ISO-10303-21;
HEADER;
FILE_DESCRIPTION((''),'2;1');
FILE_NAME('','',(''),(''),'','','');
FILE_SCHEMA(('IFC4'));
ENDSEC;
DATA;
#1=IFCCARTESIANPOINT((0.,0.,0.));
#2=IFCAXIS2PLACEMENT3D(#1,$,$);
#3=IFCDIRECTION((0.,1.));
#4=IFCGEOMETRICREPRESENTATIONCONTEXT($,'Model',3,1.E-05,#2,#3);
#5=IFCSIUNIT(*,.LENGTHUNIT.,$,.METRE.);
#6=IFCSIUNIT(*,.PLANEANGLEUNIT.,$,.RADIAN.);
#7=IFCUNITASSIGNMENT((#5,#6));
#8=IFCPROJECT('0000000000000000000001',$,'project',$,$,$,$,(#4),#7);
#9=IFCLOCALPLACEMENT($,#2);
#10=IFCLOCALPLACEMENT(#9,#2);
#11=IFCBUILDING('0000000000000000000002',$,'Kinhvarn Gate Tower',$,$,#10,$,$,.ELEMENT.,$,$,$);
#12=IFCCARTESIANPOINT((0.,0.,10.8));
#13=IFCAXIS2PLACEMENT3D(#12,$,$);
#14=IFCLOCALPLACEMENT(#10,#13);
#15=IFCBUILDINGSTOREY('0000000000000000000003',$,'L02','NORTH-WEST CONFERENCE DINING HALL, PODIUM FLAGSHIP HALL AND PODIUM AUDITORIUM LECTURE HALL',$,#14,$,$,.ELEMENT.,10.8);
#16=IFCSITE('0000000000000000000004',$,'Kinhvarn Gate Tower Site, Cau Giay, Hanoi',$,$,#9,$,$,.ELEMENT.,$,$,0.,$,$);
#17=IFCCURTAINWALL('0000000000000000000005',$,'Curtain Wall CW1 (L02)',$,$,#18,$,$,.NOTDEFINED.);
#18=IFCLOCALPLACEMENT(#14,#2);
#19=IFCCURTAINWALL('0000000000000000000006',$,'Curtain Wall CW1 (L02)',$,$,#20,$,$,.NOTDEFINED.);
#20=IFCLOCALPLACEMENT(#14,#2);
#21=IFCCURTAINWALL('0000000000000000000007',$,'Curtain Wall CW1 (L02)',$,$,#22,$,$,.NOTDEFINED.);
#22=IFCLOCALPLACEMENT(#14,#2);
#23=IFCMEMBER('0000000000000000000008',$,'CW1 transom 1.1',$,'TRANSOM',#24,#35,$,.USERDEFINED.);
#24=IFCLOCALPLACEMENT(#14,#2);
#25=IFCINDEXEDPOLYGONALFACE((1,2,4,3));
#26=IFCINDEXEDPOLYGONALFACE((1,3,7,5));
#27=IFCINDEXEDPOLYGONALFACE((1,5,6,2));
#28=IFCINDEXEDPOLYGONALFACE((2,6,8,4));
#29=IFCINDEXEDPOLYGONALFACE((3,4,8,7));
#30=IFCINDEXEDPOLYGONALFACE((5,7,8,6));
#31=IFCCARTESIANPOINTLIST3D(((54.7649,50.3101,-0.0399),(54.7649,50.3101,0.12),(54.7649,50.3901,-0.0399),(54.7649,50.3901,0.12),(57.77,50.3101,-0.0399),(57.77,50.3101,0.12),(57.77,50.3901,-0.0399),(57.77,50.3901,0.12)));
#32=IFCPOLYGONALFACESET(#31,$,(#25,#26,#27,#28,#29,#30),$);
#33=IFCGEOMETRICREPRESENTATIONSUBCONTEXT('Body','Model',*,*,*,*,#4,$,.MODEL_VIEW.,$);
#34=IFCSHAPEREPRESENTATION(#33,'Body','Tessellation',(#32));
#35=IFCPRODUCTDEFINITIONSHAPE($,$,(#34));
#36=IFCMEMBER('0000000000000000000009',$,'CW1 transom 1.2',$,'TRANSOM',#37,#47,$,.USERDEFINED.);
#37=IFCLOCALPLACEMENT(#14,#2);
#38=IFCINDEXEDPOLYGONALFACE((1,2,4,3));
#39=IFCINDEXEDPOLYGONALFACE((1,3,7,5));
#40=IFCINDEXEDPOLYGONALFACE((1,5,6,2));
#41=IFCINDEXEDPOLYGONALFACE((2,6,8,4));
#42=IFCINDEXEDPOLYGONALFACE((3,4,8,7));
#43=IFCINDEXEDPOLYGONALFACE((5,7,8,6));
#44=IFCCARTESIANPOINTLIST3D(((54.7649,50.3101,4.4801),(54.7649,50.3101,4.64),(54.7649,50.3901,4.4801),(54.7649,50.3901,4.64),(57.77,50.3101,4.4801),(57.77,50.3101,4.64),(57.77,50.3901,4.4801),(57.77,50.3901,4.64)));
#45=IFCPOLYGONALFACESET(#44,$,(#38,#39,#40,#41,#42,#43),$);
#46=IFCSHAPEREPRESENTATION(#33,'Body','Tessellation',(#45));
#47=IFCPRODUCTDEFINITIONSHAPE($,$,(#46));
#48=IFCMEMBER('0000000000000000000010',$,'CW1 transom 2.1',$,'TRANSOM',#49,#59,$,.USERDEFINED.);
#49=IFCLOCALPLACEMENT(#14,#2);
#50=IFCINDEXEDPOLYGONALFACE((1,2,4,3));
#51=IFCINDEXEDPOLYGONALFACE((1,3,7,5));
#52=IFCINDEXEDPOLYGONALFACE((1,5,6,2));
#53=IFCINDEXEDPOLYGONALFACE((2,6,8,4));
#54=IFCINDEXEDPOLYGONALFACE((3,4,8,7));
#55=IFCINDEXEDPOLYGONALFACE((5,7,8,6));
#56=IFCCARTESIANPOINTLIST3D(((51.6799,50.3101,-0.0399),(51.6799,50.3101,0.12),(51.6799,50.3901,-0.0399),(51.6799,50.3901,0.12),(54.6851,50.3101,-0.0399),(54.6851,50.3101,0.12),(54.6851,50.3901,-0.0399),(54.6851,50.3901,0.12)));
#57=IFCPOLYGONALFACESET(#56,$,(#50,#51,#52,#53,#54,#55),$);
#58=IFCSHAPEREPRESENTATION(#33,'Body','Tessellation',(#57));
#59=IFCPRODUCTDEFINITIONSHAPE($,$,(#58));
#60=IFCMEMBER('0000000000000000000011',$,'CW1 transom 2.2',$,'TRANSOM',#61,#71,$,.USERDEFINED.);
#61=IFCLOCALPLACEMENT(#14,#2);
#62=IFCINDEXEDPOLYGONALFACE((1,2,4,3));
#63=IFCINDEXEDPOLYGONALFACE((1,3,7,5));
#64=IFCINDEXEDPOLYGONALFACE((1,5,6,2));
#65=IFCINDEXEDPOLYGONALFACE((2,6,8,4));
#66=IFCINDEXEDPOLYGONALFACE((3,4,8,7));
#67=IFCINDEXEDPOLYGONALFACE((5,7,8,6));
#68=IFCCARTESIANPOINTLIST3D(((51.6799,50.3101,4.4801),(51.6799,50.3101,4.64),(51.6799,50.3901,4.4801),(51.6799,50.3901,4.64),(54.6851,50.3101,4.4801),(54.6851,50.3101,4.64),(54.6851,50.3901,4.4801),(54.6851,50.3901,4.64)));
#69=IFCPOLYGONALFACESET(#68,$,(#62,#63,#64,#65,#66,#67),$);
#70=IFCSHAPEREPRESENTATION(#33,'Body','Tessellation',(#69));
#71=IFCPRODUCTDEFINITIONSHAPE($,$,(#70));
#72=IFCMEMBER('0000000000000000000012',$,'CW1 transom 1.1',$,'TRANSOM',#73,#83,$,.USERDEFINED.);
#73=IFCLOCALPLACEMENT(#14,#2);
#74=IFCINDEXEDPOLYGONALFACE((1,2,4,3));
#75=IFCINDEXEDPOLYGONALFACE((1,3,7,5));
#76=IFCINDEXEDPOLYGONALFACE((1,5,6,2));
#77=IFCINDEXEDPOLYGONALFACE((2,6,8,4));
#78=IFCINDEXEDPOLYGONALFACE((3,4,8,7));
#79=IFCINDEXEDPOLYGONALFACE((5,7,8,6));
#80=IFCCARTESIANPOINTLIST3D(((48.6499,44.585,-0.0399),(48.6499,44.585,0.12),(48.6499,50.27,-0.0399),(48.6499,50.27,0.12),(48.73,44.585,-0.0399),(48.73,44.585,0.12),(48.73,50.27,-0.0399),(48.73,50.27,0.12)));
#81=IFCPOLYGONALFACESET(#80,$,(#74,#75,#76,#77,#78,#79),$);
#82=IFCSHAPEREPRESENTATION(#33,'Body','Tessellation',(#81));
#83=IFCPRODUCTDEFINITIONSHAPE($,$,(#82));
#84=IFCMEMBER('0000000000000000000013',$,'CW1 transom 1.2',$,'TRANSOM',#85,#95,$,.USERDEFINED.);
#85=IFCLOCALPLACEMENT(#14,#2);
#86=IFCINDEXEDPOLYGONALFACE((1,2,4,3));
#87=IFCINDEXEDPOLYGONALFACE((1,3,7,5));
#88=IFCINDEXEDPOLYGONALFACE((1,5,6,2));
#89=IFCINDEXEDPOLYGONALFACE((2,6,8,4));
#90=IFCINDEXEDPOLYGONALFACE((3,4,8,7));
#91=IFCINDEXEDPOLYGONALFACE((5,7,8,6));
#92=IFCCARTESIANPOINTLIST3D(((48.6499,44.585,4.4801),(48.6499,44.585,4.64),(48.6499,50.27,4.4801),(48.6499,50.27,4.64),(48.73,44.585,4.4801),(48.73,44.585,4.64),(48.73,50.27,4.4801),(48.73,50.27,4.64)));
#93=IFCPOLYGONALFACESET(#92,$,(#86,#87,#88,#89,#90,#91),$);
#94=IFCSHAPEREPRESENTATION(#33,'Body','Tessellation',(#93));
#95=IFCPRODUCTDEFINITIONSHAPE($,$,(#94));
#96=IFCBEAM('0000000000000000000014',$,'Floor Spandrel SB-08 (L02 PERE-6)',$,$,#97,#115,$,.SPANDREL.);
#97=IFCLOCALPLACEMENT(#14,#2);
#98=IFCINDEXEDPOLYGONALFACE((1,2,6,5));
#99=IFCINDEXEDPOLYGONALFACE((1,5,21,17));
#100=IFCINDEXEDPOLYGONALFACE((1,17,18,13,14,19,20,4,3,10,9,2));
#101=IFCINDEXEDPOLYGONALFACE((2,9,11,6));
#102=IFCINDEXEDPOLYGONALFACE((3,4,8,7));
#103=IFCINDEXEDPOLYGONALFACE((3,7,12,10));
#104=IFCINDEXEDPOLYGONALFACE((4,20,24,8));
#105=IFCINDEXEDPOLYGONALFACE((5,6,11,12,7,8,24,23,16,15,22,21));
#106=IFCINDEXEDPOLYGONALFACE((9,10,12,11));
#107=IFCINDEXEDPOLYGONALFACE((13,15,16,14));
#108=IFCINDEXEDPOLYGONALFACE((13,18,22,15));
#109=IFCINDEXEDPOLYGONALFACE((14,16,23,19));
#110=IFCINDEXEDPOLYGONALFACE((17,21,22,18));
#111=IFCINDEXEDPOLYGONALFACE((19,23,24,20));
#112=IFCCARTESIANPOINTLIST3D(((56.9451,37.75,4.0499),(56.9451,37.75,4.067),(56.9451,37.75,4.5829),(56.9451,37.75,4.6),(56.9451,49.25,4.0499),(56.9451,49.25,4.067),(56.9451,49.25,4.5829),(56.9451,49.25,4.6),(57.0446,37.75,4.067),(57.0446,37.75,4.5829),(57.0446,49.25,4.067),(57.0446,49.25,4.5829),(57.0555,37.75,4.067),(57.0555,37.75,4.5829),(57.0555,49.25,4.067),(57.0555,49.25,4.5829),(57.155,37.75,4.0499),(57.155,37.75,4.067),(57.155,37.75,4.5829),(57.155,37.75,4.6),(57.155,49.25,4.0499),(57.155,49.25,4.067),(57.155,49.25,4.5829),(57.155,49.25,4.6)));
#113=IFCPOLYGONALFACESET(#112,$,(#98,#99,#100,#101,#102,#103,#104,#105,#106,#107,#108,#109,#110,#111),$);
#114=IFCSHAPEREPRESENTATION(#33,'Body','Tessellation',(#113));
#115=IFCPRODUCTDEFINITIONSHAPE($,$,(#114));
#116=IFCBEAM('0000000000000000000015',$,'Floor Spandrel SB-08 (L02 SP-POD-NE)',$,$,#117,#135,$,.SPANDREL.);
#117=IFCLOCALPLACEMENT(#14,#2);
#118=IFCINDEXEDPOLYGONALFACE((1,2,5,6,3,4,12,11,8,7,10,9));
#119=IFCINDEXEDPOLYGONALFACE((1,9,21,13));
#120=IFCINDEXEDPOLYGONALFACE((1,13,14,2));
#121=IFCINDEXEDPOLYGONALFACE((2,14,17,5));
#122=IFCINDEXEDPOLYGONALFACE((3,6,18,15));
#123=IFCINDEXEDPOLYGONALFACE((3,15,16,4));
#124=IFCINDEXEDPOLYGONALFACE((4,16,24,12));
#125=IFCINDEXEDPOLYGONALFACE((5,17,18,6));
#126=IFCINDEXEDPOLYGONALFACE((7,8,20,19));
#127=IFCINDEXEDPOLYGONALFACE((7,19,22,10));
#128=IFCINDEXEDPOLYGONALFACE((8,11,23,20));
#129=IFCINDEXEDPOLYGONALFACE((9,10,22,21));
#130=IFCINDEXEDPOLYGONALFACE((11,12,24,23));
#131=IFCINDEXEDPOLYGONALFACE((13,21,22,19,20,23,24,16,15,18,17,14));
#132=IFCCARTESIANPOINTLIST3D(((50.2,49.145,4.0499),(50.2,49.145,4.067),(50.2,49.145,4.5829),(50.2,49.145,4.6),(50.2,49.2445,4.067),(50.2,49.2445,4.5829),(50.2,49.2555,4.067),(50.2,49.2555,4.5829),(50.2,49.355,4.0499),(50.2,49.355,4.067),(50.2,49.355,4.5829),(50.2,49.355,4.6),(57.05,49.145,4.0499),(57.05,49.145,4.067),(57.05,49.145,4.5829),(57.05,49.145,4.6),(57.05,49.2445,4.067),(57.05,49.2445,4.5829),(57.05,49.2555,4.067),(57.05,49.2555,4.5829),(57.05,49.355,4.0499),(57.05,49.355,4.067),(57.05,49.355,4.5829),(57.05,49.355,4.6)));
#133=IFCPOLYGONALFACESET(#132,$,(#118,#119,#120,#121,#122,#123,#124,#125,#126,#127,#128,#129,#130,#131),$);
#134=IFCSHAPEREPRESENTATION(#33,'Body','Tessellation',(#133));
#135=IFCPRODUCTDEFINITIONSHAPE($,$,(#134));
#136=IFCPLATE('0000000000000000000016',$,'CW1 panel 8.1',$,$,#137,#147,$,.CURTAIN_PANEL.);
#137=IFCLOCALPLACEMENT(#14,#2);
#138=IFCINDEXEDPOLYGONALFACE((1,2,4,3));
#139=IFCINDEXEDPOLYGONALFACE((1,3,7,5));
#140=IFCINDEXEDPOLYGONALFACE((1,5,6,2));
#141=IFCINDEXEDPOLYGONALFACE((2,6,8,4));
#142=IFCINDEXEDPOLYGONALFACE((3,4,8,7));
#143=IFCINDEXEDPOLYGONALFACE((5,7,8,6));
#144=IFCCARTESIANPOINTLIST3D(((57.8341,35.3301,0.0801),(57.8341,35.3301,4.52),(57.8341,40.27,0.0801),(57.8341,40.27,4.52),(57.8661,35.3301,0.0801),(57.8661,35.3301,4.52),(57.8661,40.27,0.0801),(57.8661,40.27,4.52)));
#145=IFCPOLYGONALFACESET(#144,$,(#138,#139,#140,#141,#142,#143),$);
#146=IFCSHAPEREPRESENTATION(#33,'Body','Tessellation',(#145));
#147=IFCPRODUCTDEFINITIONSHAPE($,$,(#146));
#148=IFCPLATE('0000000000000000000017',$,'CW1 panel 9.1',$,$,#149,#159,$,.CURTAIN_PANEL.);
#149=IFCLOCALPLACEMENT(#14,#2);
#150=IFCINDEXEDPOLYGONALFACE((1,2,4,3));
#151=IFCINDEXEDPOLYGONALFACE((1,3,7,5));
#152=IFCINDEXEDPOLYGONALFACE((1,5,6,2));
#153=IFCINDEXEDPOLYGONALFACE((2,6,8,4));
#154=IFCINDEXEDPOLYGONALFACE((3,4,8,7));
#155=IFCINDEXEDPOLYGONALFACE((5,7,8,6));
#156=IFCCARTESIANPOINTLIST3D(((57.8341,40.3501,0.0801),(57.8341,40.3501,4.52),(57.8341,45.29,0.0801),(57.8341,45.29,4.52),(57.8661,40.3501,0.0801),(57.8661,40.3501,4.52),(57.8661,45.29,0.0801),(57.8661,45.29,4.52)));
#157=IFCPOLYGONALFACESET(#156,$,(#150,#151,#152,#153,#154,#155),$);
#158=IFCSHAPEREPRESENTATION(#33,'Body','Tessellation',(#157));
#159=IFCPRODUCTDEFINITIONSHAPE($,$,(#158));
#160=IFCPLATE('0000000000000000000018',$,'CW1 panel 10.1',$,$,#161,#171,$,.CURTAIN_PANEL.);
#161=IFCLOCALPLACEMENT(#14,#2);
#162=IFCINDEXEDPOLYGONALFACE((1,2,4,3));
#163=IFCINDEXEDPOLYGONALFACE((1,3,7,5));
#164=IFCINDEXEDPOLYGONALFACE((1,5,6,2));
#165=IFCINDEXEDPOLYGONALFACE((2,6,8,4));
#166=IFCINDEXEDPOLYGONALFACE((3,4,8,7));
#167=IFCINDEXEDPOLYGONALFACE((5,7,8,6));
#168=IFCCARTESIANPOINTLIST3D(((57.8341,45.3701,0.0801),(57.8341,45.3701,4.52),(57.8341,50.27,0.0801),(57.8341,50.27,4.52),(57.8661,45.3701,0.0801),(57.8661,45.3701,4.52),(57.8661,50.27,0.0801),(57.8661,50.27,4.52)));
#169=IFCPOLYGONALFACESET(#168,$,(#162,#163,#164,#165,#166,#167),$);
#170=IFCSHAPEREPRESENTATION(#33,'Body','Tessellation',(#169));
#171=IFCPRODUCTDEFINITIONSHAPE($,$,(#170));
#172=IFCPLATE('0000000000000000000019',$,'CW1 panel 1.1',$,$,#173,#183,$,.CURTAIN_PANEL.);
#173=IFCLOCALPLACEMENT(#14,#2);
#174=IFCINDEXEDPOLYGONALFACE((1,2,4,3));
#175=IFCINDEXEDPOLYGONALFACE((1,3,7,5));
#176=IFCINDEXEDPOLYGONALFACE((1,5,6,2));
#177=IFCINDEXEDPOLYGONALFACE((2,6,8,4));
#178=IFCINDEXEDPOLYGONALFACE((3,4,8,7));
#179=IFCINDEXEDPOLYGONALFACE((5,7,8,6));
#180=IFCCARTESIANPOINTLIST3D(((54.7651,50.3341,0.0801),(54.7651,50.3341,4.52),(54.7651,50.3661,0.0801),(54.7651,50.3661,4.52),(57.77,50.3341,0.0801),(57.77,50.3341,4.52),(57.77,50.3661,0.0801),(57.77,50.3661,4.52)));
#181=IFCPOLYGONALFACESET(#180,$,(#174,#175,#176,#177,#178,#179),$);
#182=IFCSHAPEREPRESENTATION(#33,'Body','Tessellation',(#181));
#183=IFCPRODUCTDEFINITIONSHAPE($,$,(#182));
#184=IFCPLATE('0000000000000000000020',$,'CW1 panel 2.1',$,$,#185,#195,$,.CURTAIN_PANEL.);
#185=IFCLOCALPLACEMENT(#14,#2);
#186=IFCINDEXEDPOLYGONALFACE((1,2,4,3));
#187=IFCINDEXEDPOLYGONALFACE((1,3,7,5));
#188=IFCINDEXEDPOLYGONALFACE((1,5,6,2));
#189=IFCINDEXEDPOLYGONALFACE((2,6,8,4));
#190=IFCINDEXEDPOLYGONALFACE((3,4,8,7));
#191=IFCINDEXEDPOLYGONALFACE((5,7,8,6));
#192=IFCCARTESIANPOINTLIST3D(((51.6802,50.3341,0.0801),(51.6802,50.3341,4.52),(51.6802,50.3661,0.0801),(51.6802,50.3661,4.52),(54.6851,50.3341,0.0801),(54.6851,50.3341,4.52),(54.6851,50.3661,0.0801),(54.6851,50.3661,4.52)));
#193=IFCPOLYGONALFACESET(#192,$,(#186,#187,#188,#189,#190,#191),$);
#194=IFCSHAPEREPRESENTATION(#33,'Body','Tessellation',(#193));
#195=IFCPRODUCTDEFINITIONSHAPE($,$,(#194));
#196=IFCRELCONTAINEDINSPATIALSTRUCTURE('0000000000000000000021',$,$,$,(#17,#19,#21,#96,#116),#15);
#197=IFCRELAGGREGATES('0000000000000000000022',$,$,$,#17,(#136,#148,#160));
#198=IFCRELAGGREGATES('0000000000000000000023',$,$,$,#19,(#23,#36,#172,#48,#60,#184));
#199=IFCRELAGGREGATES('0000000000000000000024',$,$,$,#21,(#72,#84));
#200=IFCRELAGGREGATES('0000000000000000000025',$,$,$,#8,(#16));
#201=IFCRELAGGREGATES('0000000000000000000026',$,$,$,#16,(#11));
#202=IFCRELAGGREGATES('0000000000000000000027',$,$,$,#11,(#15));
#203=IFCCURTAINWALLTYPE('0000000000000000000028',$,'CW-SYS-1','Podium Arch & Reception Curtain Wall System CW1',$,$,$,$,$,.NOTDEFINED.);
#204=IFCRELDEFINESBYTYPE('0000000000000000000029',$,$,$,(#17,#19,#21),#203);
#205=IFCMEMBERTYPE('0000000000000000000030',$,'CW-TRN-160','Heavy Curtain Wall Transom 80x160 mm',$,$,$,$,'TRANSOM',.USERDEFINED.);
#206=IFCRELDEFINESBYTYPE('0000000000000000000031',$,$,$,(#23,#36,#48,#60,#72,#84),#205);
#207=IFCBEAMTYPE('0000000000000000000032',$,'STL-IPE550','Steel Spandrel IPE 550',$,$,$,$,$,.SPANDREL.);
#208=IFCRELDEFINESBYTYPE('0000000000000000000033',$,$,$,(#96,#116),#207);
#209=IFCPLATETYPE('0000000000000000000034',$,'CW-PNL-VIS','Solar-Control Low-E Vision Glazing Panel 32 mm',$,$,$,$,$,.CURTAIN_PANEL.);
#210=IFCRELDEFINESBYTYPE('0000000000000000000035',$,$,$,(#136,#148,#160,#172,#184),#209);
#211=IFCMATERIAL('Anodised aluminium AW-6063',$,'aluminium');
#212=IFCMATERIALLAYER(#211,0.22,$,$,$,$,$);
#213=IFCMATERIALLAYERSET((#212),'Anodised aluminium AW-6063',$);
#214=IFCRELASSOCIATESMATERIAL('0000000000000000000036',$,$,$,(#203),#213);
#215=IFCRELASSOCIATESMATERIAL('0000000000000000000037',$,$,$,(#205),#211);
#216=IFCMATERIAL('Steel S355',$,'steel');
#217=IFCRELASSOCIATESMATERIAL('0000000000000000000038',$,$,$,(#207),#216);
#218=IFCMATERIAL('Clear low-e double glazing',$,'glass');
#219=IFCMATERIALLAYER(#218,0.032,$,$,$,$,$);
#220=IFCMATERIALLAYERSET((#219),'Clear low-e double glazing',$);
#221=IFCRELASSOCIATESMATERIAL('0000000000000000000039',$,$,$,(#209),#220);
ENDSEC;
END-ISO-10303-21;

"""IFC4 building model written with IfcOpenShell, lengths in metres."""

from ifc_helpers import new_model, si_unit, direction, frame, origin, origin_2d, place, context, subcontext, project, spatial, rectangle, i_section, extrude, material, layer, layer_set, material_profile, profile_set, type_object, element, aggregate, save


model = new_model("IFC4")

# Units and contexts
model_context = context("Model", 3, precision=1e-05, world=origin(), true_north=direction((0.0, 1.0)))
body_context = subcontext(model_context, "Body", "Model", "MODEL_VIEW")
ifc_project = project(units=[si_unit("LENGTHUNIT", "METRE"), si_unit("PLANEANGLEUNIT", "RADIAN")], contexts=[model_context])

# Site, building, storey
site_placement = place(None, origin())
site = spatial("IfcSite", under=ifc_project, at=site_placement, Name="Kinhvarn Gate Tower Site, Cau Giay, Hanoi", CompositionType="ELEMENT", RefElevation=0.0)
building_placement = place(site_placement, origin())
building = spatial("IfcBuilding", under=site, at=building_placement, Name="Kinhvarn Gate Tower", CompositionType="ELEMENT")
storey_placement = place(building_placement, frame((0.0, 0.0, 10.8)))
storey = spatial("IfcBuildingStorey", under=building, at=storey_placement, Name="L02", Description="NORTH-WEST CONFERENCE DINING HALL, PODIUM FLAGSHIP HALL AND PODIUM AUDITORIUM LECTURE HALL", CompositionType="ELEMENT", Elevation=10.8)

# Curtain walls
ifc_material_1 = material(Name="Anodised aluminium AW-6063", Category="aluminium")
ifc_layer_1 = layer(ifc_material_1, 0.22)
ifc_layer_set_1 = layer_set([ifc_layer_1], Name="Anodised aluminium AW-6063")
curtain_wall_type = type_object("IfcCurtainWallType", Name="CW-SYS-1", Description="Podium Arch & Reception Curtain Wall System CW1", PredefinedType="NOTDEFINED", material=ifc_layer_set_1)
curtain_wall_1_placement = place(storey_placement, origin())
curtain_wall_1 = element("IfcCurtainWall", 1, at=curtain_wall_1_placement, inside=storey, type_object=curtain_wall_type, Name="Curtain Wall CW1 (L02)", PredefinedType="NOTDEFINED")
curtain_wall_2_placement = place(storey_placement, origin())
curtain_wall_2 = element("IfcCurtainWall", 2, at=curtain_wall_2_placement, inside=storey, type_object=curtain_wall_type, Name="Curtain Wall CW1 (L02)", PredefinedType="NOTDEFINED")
curtain_wall_3_placement = place(storey_placement, origin())
curtain_wall_3 = element("IfcCurtainWall", 3, at=curtain_wall_3_placement, inside=storey, type_object=curtain_wall_type, Name="Curtain Wall CW1 (L02)", PredefinedType="NOTDEFINED")

# Members
ifc_material_profile_1 = material_profile(ifc_material_1, rectangle(XDim=0.0801, YDim=0.1599, at=origin_2d()), Name="ALU 80x160")
ifc_profile_set_1 = profile_set([ifc_material_profile_1], Name="Anodised aluminium AW-6063")
member_type_1 = type_object("IfcMemberType", Name="CW-TRN-160", Description="Heavy Curtain Wall Transom 80x160 mm", ElementType="TRANSOM", PredefinedType="USERDEFINED", material=ifc_profile_set_1)
member_1_placement = place(storey_placement, frame((57.77, 50.3501, 0.04), z_axis=(-1.0, 0.0, 0.0), x_axis=(0.0, -1.0, 0.0)))
member_1 = element("IfcMember", 4, at=member_1_placement, type_object=member_type_1, Name="CW1 transom 1.1", ObjectType="TRANSOM", PredefinedType="USERDEFINED", context=body_context, shape_type="SweptSolid", body=[
    extrude(rectangle(XDim=0.0801, YDim=0.1599, at=origin_2d()), origin(), (0.0, 0.0, 1.0), 3.0051),
])
member_2_placement = place(storey_placement, frame((57.77, 50.3501, 4.5601), z_axis=(-1.0, 0.0, 0.0), x_axis=(0.0, -1.0, 0.0)))
member_2 = element("IfcMember", 5, at=member_2_placement, type_object=member_type_1, Name="CW1 transom 1.2", ObjectType="TRANSOM", PredefinedType="USERDEFINED", context=body_context, shape_type="SweptSolid", body=[
    extrude(rectangle(XDim=0.0801, YDim=0.1599, at=origin_2d()), origin(), (0.0, 0.0, 1.0), 3.0051),
])
member_3_placement = place(storey_placement, frame((54.6851, 50.3501, 0.04), z_axis=(-1.0, 0.0, 0.0), x_axis=(0.0, -1.0, 0.0)))
member_3 = element("IfcMember", 6, at=member_3_placement, type_object=member_type_1, Name="CW1 transom 2.1", ObjectType="TRANSOM", PredefinedType="USERDEFINED", context=body_context, shape_type="SweptSolid", body=[
    extrude(rectangle(XDim=0.0801, YDim=0.1599, at=origin_2d()), origin(), (0.0, 0.0, 1.0), 3.0051),
])
member_4_placement = place(storey_placement, frame((54.6851, 50.3501, 4.5601), z_axis=(-1.0, 0.0, 0.0), x_axis=(0.0, -1.0, 0.0)))
member_4 = element("IfcMember", 7, at=member_4_placement, type_object=member_type_1, Name="CW1 transom 2.2", ObjectType="TRANSOM", PredefinedType="USERDEFINED", context=body_context, shape_type="SweptSolid", body=[
    extrude(rectangle(XDim=0.0801, YDim=0.1599, at=origin_2d()), origin(), (0.0, 0.0, 1.0), 3.0051),
])
member_5_placement = place(storey_placement, frame((48.6899, 50.27, 0.04), z_axis=(0.0, -1.0, 0.0), x_axis=(1.0, 0.0, 0.0)))
member_5 = element("IfcMember", 8, at=member_5_placement, type_object=member_type_1, Name="CW1 transom 1.1", ObjectType="TRANSOM", PredefinedType="USERDEFINED", context=body_context, shape_type="SweptSolid", body=[
    extrude(rectangle(XDim=0.0801, YDim=0.1599, at=origin_2d()), origin(), (0.0, 0.0, 1.0), 5.6851),
])
member_6_placement = place(storey_placement, frame((48.6899, 50.27, 4.5601), z_axis=(0.0, -1.0, 0.0), x_axis=(1.0, 0.0, 0.0)))
member_6 = element("IfcMember", 9, at=member_6_placement, type_object=member_type_1, Name="CW1 transom 1.2", ObjectType="TRANSOM", PredefinedType="USERDEFINED", context=body_context, shape_type="SweptSolid", body=[
    extrude(rectangle(XDim=0.0801, YDim=0.1599, at=origin_2d()), origin(), (0.0, 0.0, 1.0), 5.6851),
])

# Beams
ifc_material_2 = material(Name="Steel S355", Category="steel")
ifc_material_profile_2 = material_profile(ifc_material_2, i_section(OverallWidth=0.21, OverallDepth=0.55, WebThickness=0.011, FlangeThickness=0.0171, at=origin_2d()), Name="IPE 550")
ifc_profile_set_2 = profile_set([ifc_material_profile_2], Name="Steel S355")
beam_type = type_object("IfcBeamType", Name="STL-IPE550", Description="Steel Spandrel IPE 550", PredefinedType="SPANDREL", material=ifc_profile_set_2)
beam_1_placement = place(storey_placement, frame((57.05, 37.75, 4.325), z_axis=(0.0, 1.0, 0.0), x_axis=(-1.0, 0.0, 0.0)))
element("IfcBeam", 10, at=beam_1_placement, inside=storey, type_object=beam_type, Name="Floor Spandrel SB-08 (L02 PERE-6)", PredefinedType="SPANDREL", context=body_context, shape_type="SweptSolid", body=[
    extrude(i_section(OverallWidth=0.21, OverallDepth=0.55, WebThickness=0.011, FlangeThickness=0.0171, at=origin_2d()), origin(), (0.0, 0.0, 1.0), 11.5),
])
beam_2_placement = place(storey_placement, frame((50.2, 49.25, 4.325), z_axis=(1.0, 0.0, 0.0), x_axis=(0.0, 1.0, 0.0)))
element("IfcBeam", 11, at=beam_2_placement, inside=storey, type_object=beam_type, Name="Floor Spandrel SB-08 (L02 SP-POD-NE)", PredefinedType="SPANDREL", context=body_context, shape_type="SweptSolid", body=[
    extrude(i_section(OverallWidth=0.21, OverallDepth=0.55, WebThickness=0.011, FlangeThickness=0.0171, at=origin_2d()), origin(), (0.0, 0.0, 1.0), 6.8501),
])

# Plates
ifc_material_3 = material(Name="Clear low-e double glazing", Category="glass")
ifc_layer_2 = layer(ifc_material_3, 0.032)
ifc_layer_set_2 = layer_set([ifc_layer_2], Name="Clear low-e double glazing")
plate_type = type_object("IfcPlateType", Name="CW-PNL-VIS", Description="Solar-Control Low-E Vision Glazing Panel 32 mm", PredefinedType="CURTAIN_PANEL", material=ifc_layer_set_2)
plate_1_placement = place(storey_placement, frame((57.8501, 37.8, 0.0801), z_axis=(0.0, 0.0, 1.0), x_axis=(0.0, 1.0, 0.0)))
plate_1 = element("IfcPlate", 12, at=plate_1_placement, type_object=plate_type, Name="CW1 panel 8.1", PredefinedType="CURTAIN_PANEL", context=body_context, shape_type="SweptSolid", body=[
    extrude(rectangle(XDim=4.9399, YDim=0.032, at=origin_2d()), origin(), (0.0, 0.0, 1.0), 4.4399),
])
plate_2_placement = place(storey_placement, frame((57.8501, 42.8201, 0.0801), z_axis=(0.0, 0.0, 1.0), x_axis=(0.0, 1.0, 0.0)))
plate_2 = element("IfcPlate", 13, at=plate_2_placement, type_object=plate_type, Name="CW1 panel 9.1", PredefinedType="CURTAIN_PANEL", context=body_context, shape_type="SweptSolid", body=[
    extrude(rectangle(XDim=4.9399, YDim=0.032, at=origin_2d()), origin(), (0.0, 0.0, 1.0), 4.4399),
])
plate_3_placement = place(storey_placement, frame((57.8501, 47.8201, 0.0801), z_axis=(0.0, 0.0, 1.0), x_axis=(0.0, 1.0, 0.0)))
plate_3 = element("IfcPlate", 14, at=plate_3_placement, type_object=plate_type, Name="CW1 panel 10.1", PredefinedType="CURTAIN_PANEL", context=body_context, shape_type="SweptSolid", body=[
    extrude(rectangle(XDim=4.8999, YDim=0.032, at=origin_2d()), origin(), (0.0, 0.0, 1.0), 4.4399),
])
aggregate(curtain_wall_1, [plate_1, plate_2, plate_3])
plate_4_placement = place(storey_placement, frame((56.2676, 50.3501, 0.0801), z_axis=(0.0, 0.0, 1.0), x_axis=(-1.0, 0.0, 0.0)))
plate_4 = element("IfcPlate", 15, at=plate_4_placement, type_object=plate_type, Name="CW1 panel 1.1", PredefinedType="CURTAIN_PANEL", context=body_context, shape_type="SweptSolid", body=[
    extrude(rectangle(XDim=3.0049, YDim=0.032, at=origin_2d()), origin(), (0.0, 0.0, 1.0), 4.4399),
])
plate_5_placement = place(storey_placement, frame((53.1826, 50.3501, 0.0801), z_axis=(0.0, 0.0, 1.0), x_axis=(-1.0, 0.0, 0.0)))
plate_5 = element("IfcPlate", 16, at=plate_5_placement, type_object=plate_type, Name="CW1 panel 2.1", PredefinedType="CURTAIN_PANEL", context=body_context, shape_type="SweptSolid", body=[
    extrude(rectangle(XDim=3.0049, YDim=0.032, at=origin_2d()), origin(), (0.0, 0.0, 1.0), 4.4399),
])
aggregate(curtain_wall_2, [member_1, member_2, plate_4, member_3, member_4, plate_5])
aggregate(curtain_wall_3, [member_5, member_6])

save(model, "model.ifc")
